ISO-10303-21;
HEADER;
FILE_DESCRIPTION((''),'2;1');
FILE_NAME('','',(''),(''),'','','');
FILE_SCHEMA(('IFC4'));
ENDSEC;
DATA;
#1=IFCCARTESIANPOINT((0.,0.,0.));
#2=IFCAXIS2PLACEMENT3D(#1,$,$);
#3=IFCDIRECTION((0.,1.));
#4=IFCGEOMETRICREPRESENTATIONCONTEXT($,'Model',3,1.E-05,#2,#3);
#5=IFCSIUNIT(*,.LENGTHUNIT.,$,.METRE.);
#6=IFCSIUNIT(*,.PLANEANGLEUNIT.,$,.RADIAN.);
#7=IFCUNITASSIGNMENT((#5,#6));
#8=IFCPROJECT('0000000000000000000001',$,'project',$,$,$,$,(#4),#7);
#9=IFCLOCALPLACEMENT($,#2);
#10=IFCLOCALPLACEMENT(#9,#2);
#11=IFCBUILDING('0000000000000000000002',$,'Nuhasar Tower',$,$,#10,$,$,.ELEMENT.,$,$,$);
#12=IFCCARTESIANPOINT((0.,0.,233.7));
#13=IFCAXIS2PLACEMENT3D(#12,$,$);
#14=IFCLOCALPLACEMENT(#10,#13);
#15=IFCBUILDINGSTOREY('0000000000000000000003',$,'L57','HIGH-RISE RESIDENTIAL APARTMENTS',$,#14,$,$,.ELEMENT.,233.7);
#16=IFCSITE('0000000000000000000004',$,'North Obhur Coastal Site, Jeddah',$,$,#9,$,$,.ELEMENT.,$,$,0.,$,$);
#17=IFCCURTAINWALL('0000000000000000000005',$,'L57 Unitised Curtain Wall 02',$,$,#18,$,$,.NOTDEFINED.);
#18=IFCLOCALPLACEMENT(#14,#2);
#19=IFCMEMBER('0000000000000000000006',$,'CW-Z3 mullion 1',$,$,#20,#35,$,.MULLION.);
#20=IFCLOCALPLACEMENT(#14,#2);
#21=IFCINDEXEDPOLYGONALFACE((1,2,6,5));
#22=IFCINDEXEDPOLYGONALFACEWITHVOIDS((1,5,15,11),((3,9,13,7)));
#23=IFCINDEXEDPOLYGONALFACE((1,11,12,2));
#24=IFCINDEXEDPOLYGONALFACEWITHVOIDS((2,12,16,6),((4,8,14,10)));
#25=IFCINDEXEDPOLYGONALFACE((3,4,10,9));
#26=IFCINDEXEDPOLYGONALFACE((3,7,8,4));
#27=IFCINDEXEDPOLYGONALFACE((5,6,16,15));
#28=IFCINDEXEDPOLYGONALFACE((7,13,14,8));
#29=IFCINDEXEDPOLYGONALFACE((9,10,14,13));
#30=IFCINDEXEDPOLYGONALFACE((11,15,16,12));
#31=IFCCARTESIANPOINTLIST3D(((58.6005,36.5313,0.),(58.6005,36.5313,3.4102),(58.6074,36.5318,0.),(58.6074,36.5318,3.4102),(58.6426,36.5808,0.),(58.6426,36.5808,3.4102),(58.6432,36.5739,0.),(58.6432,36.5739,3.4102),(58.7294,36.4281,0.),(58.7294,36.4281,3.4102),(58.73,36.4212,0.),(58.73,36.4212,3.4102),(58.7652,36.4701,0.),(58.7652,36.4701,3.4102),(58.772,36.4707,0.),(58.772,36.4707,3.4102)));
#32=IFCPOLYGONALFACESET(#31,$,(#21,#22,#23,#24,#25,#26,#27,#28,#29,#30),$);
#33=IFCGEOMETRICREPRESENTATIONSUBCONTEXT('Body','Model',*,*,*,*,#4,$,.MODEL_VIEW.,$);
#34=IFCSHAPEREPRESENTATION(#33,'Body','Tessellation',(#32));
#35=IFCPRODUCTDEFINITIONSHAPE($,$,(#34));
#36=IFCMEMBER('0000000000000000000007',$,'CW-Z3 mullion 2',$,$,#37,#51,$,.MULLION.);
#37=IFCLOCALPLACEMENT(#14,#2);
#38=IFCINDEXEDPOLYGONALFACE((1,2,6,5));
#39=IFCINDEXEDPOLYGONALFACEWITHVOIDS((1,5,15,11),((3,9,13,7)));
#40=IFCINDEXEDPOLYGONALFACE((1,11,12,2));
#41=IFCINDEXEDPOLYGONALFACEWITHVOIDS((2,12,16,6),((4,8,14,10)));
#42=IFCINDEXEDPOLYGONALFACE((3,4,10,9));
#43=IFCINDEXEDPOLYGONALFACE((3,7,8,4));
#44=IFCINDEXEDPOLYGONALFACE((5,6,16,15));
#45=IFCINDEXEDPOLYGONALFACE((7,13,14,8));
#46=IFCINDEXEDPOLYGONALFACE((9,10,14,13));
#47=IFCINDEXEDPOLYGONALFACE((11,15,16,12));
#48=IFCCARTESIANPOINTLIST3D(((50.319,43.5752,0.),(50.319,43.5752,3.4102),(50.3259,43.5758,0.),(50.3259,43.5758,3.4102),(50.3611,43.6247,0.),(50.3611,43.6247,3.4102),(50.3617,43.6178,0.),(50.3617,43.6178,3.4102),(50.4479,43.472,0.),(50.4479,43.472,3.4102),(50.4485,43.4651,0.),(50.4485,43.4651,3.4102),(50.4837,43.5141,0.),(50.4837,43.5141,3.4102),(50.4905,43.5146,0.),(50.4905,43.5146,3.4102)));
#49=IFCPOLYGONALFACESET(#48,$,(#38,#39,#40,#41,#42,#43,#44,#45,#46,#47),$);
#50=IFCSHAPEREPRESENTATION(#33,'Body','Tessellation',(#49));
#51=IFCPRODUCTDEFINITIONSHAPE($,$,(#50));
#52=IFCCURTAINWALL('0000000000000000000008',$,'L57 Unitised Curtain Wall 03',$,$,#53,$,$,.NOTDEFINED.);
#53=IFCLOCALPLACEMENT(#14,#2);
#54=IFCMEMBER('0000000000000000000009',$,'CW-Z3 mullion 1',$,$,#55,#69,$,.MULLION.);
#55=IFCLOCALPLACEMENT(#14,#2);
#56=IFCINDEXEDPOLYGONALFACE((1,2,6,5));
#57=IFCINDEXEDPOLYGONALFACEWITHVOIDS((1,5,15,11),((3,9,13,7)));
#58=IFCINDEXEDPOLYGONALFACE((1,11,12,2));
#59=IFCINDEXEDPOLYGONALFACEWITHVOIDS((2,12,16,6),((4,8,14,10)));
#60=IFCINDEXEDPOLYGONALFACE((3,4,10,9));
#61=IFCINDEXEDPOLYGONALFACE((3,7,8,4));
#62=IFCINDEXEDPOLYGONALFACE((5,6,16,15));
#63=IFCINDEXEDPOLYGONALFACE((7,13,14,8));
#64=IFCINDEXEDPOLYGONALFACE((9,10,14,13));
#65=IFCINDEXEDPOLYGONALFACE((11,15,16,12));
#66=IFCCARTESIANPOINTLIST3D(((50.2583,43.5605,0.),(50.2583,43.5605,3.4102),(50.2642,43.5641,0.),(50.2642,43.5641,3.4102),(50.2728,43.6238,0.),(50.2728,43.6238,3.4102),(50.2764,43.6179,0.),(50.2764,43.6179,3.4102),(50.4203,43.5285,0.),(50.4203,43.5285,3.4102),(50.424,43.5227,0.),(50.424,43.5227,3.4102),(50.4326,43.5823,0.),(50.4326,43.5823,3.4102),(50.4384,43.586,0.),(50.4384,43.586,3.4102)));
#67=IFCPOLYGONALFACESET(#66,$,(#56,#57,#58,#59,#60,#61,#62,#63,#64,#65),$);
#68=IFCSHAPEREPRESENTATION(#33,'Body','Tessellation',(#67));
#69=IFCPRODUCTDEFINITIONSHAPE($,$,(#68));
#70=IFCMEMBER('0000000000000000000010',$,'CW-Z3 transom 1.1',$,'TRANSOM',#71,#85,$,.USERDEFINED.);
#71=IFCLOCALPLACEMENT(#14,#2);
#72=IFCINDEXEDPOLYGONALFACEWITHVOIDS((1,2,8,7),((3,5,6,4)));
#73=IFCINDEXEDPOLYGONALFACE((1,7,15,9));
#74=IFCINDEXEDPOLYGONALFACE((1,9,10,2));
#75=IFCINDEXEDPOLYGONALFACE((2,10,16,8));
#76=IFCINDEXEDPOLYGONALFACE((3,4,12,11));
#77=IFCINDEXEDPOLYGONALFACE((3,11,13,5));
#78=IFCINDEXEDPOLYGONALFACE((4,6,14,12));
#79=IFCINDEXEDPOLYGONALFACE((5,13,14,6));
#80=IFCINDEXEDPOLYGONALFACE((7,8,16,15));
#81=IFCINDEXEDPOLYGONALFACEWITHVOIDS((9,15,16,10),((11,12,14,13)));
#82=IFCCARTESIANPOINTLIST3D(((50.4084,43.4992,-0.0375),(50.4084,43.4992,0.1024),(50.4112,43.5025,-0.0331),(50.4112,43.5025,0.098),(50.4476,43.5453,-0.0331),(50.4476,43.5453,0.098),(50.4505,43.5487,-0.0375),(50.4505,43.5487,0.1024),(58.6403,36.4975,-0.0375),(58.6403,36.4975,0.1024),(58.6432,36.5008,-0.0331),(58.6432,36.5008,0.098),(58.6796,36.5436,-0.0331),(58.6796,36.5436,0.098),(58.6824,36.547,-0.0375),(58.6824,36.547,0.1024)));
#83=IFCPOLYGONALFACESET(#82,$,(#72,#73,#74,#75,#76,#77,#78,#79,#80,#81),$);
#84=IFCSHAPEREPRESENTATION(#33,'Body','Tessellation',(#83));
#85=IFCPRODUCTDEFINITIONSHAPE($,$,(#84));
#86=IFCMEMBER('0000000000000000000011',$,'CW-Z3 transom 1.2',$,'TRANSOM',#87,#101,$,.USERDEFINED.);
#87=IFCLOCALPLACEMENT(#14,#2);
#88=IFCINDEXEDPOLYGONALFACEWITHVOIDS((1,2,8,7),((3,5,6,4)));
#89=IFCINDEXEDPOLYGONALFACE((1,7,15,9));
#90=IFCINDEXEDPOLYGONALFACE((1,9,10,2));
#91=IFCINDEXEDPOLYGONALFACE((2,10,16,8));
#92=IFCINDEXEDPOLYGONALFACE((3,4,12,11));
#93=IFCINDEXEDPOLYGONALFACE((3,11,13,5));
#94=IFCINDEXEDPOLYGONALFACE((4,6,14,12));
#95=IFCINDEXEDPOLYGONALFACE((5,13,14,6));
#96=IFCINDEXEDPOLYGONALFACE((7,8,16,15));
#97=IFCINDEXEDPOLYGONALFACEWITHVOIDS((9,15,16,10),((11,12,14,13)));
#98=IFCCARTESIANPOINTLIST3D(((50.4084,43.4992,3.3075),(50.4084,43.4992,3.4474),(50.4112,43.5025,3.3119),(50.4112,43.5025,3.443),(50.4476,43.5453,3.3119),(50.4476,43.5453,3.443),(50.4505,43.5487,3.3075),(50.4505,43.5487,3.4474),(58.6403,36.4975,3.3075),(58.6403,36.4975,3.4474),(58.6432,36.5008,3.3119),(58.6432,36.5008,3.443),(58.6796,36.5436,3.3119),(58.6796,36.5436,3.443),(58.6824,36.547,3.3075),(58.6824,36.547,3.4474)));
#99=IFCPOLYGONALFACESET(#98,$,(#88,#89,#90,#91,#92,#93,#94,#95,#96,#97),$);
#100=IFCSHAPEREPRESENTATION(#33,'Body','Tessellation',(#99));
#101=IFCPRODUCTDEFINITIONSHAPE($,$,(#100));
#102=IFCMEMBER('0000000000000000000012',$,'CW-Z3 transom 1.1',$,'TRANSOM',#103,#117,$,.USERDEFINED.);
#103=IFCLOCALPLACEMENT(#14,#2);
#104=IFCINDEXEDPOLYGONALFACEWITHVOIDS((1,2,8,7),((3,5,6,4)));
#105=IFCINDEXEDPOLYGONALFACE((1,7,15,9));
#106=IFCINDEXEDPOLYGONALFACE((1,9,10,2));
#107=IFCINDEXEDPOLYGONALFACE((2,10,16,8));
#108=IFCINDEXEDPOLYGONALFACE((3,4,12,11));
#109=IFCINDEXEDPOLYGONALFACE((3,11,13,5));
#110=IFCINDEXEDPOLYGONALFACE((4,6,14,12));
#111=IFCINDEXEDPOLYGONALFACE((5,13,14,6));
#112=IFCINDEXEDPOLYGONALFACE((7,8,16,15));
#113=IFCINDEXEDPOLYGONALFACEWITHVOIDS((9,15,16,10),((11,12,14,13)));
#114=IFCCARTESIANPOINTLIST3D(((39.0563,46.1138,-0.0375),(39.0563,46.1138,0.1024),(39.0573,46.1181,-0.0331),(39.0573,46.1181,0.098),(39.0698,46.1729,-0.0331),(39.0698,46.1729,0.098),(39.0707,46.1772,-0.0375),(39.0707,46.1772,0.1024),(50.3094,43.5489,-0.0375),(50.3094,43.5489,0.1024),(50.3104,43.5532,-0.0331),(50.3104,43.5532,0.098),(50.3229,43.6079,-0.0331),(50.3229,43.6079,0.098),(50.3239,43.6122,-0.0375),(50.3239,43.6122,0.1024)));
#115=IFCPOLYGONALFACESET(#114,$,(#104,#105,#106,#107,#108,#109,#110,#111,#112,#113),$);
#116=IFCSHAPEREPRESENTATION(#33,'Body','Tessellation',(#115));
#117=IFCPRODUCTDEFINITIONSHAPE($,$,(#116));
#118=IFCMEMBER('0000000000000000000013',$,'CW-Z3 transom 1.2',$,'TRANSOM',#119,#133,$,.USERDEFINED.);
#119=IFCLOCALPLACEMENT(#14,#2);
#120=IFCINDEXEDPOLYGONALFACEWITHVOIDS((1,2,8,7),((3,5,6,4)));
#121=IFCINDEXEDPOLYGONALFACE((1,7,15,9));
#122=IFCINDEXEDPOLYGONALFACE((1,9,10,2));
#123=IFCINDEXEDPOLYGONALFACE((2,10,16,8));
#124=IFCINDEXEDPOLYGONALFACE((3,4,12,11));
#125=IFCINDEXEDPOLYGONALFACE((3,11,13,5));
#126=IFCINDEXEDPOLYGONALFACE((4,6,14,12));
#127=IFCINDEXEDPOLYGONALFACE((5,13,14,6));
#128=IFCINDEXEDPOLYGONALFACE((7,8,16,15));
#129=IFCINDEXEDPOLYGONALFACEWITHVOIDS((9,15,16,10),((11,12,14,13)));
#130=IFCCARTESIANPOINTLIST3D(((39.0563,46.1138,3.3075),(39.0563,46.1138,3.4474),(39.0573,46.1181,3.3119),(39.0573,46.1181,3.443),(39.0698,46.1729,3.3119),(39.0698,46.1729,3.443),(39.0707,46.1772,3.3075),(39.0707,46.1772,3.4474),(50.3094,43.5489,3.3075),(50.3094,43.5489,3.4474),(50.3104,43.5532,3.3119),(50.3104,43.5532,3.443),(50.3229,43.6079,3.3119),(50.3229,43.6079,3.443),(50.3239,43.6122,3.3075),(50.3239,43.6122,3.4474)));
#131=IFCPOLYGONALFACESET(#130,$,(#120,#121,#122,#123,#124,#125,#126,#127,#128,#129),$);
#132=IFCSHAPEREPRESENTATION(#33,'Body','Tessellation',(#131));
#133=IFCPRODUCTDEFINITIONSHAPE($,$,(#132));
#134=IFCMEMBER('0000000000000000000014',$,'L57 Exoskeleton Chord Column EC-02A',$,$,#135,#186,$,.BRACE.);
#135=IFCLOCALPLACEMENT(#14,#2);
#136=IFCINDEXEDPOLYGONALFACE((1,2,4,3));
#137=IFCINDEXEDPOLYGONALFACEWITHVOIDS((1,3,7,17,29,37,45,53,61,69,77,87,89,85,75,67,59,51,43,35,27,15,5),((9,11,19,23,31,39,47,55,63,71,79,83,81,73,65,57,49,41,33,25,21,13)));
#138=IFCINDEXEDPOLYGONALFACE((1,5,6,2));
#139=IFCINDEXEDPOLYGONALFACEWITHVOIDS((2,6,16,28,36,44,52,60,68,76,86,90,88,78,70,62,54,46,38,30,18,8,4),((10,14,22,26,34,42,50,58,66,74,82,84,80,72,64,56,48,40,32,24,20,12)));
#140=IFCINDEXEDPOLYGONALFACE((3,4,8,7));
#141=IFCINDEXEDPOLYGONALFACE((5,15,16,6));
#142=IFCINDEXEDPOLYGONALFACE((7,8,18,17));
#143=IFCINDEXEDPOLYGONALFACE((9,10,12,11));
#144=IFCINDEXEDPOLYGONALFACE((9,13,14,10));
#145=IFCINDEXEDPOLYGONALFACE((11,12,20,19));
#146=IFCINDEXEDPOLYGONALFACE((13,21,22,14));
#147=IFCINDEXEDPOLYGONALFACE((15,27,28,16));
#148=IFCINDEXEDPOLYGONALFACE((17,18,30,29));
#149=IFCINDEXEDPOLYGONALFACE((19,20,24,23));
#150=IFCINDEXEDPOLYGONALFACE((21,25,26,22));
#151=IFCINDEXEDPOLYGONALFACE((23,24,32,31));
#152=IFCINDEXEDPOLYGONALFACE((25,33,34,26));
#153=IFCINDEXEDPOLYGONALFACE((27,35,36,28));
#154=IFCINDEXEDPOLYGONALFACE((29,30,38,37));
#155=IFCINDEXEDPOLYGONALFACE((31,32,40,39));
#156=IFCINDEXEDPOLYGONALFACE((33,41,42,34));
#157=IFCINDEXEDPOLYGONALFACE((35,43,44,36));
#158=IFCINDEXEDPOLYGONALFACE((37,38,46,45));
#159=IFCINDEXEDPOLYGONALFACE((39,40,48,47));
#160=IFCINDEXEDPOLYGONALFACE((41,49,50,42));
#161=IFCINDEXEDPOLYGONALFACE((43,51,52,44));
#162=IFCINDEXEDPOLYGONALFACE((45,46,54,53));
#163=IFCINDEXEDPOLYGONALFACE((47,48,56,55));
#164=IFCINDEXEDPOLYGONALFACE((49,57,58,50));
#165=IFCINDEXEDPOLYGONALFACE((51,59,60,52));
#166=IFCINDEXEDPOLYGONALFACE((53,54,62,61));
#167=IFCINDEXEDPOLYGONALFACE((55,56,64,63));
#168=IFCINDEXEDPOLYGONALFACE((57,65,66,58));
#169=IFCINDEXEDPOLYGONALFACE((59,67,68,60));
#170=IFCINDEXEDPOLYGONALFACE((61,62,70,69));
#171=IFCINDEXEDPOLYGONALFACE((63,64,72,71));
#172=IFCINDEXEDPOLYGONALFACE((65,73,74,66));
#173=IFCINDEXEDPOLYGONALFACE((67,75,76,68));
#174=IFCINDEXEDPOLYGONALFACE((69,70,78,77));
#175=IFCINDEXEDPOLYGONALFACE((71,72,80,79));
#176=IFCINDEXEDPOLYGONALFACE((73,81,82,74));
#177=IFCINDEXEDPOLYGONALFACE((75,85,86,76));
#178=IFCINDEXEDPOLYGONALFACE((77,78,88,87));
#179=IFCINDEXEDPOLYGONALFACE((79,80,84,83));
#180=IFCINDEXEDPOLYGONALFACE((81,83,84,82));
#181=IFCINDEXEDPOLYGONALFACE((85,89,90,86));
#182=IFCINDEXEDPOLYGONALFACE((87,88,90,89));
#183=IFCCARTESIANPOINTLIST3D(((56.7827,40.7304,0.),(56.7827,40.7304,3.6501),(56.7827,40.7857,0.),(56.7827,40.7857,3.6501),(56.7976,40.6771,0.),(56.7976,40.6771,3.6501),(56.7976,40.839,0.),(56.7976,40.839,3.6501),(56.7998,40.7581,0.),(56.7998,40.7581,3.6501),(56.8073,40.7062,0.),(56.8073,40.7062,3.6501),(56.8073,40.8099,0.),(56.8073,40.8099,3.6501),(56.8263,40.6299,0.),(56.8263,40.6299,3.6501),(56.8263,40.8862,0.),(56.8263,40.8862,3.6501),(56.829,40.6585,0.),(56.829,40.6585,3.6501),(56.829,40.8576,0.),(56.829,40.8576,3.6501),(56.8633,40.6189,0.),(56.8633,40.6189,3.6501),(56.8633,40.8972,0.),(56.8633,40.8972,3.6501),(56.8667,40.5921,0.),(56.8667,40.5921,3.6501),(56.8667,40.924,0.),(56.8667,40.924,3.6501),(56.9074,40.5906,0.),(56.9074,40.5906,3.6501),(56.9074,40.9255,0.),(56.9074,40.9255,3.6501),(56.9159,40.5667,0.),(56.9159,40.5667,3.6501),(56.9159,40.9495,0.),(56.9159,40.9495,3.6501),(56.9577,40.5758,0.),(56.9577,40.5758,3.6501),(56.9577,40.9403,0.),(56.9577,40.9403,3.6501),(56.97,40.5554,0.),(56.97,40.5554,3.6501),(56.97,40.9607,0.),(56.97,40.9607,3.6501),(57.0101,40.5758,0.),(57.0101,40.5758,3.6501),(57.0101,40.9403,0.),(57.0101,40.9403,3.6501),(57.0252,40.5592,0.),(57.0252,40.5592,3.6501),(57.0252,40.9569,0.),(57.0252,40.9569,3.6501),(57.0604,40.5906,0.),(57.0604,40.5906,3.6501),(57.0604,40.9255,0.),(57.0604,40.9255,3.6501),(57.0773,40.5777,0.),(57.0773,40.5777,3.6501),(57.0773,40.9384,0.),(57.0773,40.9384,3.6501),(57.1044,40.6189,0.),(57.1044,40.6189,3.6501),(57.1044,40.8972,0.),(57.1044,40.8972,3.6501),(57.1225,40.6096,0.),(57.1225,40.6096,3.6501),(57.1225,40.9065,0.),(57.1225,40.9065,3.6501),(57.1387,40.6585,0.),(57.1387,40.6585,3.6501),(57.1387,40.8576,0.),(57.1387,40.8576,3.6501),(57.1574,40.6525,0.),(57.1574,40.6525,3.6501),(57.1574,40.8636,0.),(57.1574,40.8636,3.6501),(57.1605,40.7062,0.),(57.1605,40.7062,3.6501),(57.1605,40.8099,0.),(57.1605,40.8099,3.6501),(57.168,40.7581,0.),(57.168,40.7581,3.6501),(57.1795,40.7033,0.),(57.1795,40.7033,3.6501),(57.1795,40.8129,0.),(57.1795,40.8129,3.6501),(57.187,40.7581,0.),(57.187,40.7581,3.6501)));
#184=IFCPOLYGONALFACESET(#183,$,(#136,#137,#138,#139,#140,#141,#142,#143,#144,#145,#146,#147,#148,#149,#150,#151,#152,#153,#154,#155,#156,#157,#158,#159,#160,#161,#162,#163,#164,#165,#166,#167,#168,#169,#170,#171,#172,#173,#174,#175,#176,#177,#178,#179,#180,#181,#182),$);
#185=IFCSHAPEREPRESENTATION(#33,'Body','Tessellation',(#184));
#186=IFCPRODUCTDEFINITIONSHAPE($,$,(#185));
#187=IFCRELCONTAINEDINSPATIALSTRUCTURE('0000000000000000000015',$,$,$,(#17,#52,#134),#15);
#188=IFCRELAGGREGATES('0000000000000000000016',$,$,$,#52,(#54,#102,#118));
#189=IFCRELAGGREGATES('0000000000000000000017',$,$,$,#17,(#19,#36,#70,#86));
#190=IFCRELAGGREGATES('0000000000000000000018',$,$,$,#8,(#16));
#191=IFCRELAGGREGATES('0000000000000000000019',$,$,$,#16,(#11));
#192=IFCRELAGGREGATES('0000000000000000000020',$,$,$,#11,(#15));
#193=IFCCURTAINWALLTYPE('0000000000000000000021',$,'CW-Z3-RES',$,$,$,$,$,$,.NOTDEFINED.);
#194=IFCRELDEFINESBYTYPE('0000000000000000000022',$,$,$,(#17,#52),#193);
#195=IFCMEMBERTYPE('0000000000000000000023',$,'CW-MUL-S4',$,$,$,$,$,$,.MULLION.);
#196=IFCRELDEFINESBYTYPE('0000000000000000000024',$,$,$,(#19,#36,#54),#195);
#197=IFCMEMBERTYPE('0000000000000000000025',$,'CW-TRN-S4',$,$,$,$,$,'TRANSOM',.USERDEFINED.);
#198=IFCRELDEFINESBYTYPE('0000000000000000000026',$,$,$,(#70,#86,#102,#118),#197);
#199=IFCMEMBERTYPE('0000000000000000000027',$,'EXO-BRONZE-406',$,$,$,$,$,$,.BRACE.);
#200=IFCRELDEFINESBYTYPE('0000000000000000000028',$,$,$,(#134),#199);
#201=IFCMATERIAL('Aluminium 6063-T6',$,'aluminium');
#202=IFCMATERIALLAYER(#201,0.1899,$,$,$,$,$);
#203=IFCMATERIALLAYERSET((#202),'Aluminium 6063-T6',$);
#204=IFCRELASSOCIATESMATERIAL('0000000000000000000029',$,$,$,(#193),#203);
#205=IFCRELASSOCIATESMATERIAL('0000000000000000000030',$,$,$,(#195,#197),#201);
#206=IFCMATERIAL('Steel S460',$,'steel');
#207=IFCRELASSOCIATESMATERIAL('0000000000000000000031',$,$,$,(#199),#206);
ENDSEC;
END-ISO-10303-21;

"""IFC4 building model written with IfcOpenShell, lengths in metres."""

from ifc_helpers import new_model, si_unit, direction, frame, origin, origin_2d, place, context, subcontext, project, spatial, hollow_rectangle, hollow_circle, extrude, material, layer, layer_set, material_profile, profile_set, type_object, element, aggregate, save


model = new_model("IFC4")

# Units and contexts
model_context = context("Model", 3, precision=1e-05, world=origin(), true_north=direction((0.0, 1.0)))
body_context = subcontext(model_context, "Body", "Model", "MODEL_VIEW")
ifc_project = project(units=[si_unit("LENGTHUNIT", "METRE"), si_unit("PLANEANGLEUNIT", "RADIAN")], contexts=[model_context])

# Site, building, storey
site_placement = place(None, origin())
site = spatial("IfcSite", under=ifc_project, at=site_placement, Name="North Obhur Coastal Site, Jeddah", CompositionType="ELEMENT", RefElevation=0.0)
building_placement = place(site_placement, origin())
building = spatial("IfcBuilding", under=site, at=building_placement, Name="Nuhasar Tower", CompositionType="ELEMENT")
storey_placement = place(building_placement, frame((0.0, 0.0, 233.7)))
storey = spatial("IfcBuildingStorey", under=building, at=storey_placement, Name="L57", Description="HIGH-RISE RESIDENTIAL APARTMENTS", CompositionType="ELEMENT", Elevation=233.7)

# Curtain wall, members
ifc_material_1 = material(Name="Aluminium 6063-T6", Category="aluminium")
ifc_layer_1 = layer(ifc_material_1, 0.1899)
ifc_layer_set_1 = layer_set([ifc_layer_1], Name="Aluminium 6063-T6")
curtain_wall_type = type_object("IfcCurtainWallType", Name="CW-Z3-RES", PredefinedType="NOTDEFINED", material=ifc_layer_set_1)
curtain_wall_1_placement = place(storey_placement, origin())
curtain_wall_1 = element("IfcCurtainWall", 1, at=curtain_wall_1_placement, inside=storey, type_object=curtain_wall_type, Name="L57 Unitised Curtain Wall 02", PredefinedType="NOTDEFINED")
ifc_material_profile_1 = material_profile(ifc_material_1, hollow_rectangle(XDim=0.0649, YDim=0.1699, WallThickness=0.0049, at=origin_2d()), Name="CWM-4")
ifc_profile_set_1 = profile_set([ifc_material_profile_1], Name="Aluminium 6063-T6")
member_type_1 = type_object("IfcMemberType", Name="CW-MUL-S4", PredefinedType="MULLION", material=ifc_profile_set_1)
member_1_placement = place(storey_placement, frame((58.6863, 36.501, 0.0), z_axis=(0.0, 0.0, 1.0), x_axis=(-0.647895, -0.761729, 0.0)))
member_1 = element("IfcMember", 2, at=member_1_placement, type_object=member_type_1, Name="CW-Z3 mullion 1", PredefinedType="MULLION", context=body_context, shape_type="SweptSolid", body=[
    extrude(hollow_rectangle(XDim=0.0649, YDim=0.1699, WallThickness=0.0049, at=origin_2d()), origin(), (0.0, 0.0, 1.0), 3.4102),
])
member_2_placement = place(storey_placement, frame((50.4048, 43.5449, 0.0), z_axis=(0.0, 0.0, 1.0), x_axis=(-0.647895, -0.761729, 0.0)))
member_2 = element("IfcMember", 3, at=member_2_placement, type_object=member_type_1, Name="CW-Z3 mullion 2", PredefinedType="MULLION", context=body_context, shape_type="SweptSolid", body=[
    extrude(hollow_rectangle(XDim=0.0649, YDim=0.1699, WallThickness=0.0049, at=origin_2d()), origin(), (0.0, 0.0, 1.0), 3.4102),
])

# Curtain wall, member
curtain_wall_2_placement = place(storey_placement, origin())
curtain_wall_2 = element("IfcCurtainWall", 4, at=curtain_wall_2_placement, inside=storey, type_object=curtain_wall_type, Name="L57 Unitised Curtain Wall 03", PredefinedType="NOTDEFINED")
member_3_placement = place(storey_placement, frame((50.3484, 43.5732, 0.0), z_axis=(0.0, 0.0, 1.0), x_axis=(-0.222243, -0.974991, 0.0)))
member_3 = element("IfcMember", 5, at=member_3_placement, type_object=member_type_1, Name="CW-Z3 mullion 1", PredefinedType="MULLION", context=body_context, shape_type="SweptSolid", body=[
    extrude(hollow_rectangle(XDim=0.0649, YDim=0.1699, WallThickness=0.0049, at=origin_2d()), origin(), (0.0, 0.0, 1.0), 3.4102),
])

# Members
ifc_material_profile_2 = material_profile(ifc_material_1, hollow_rectangle(XDim=0.0649, YDim=0.1399, WallThickness=0.0044, at=origin_2d()), Name="CWT-4")
ifc_profile_set_2 = profile_set([ifc_material_profile_2], Name="Aluminium 6063-T6")
member_type_2 = type_object("IfcMemberType", Name="CW-TRN-S4", ElementType="TRANSOM", PredefinedType="USERDEFINED", material=ifc_profile_set_2)
member_4_placement = place(storey_placement, frame((58.6614, 36.5222, 0.0325), z_axis=(-0.761731, 0.647894, 0.0), x_axis=(-0.647894, -0.761731, 0.0)))
member_4 = element("IfcMember", 6, at=member_4_placement, type_object=member_type_2, Name="CW-Z3 transom 1.1", ObjectType="TRANSOM", PredefinedType="USERDEFINED", context=body_context, shape_type="SweptSolid", body=[
    extrude(hollow_rectangle(XDim=0.0649, YDim=0.1399, WallThickness=0.0044, at=origin_2d()), origin(), (0.0, 0.0, 1.0), 10.8069),
])
member_5_placement = place(storey_placement, frame((58.6614, 36.5222, 3.3774), z_axis=(-0.761731, 0.647894, 0.0), x_axis=(-0.647894, -0.761731, 0.0)))
member_5 = element("IfcMember", 7, at=member_5_placement, type_object=member_type_2, Name="CW-Z3 transom 1.2", ObjectType="TRANSOM", PredefinedType="USERDEFINED", context=body_context, shape_type="SweptSolid", body=[
    extrude(hollow_rectangle(XDim=0.0649, YDim=0.1399, WallThickness=0.0044, at=origin_2d()), origin(), (0.0, 0.0, 1.0), 10.8069),
])
member_6_placement = place(storey_placement, frame((50.3167, 43.5806, 0.0325), z_axis=(-0.974994, 0.222231, 0.0), x_axis=(-0.222231, -0.974994, 0.0)))
member_6 = element("IfcMember", 8, at=member_6_placement, type_object=member_type_2, Name="CW-Z3 transom 1.1", ObjectType="TRANSOM", PredefinedType="USERDEFINED", context=body_context, shape_type="SweptSolid", body=[
    extrude(hollow_rectangle(XDim=0.0649, YDim=0.1399, WallThickness=0.0044, at=origin_2d()), origin(), (0.0, 0.0, 1.0), 11.5417),
])
member_7_placement = place(storey_placement, frame((50.3167, 43.5806, 3.3774), z_axis=(-0.974994, 0.222231, 0.0), x_axis=(-0.222231, -0.974994, 0.0)))
member_7 = element("IfcMember", 9, at=member_7_placement, type_object=member_type_2, Name="CW-Z3 transom 1.2", ObjectType="TRANSOM", PredefinedType="USERDEFINED", context=body_context, shape_type="SweptSolid", body=[
    extrude(hollow_rectangle(XDim=0.0649, YDim=0.1399, WallThickness=0.0044, at=origin_2d()), origin(), (0.0, 0.0, 1.0), 11.5417),
])
aggregate(curtain_wall_2, [member_3, member_6, member_7])

# Member
ifc_material_2 = material(Name="Steel S460", Category="steel")
ifc_material_profile_3 = material_profile(ifc_material_2, hollow_circle(Radius=0.2031, WallThickness=0.019, at=origin_2d()), Name="HSS406.4X19.1")
ifc_profile_set_3 = profile_set([ifc_material_profile_3], Name="Steel S460")
member_type_3 = type_object("IfcMemberType", Name="EXO-BRONZE-406", PredefinedType="BRACE", material=ifc_profile_set_3)
for number, where, z_axis, x_axis, name in (
    (10, (56.9839, 40.7581, 0.0), (0.0, 0.0, 1.0), (1.0, 0.0, 0.0), "L57 Exoskeleton Chord Column EC-02A"),
):
    element("IfcMember", number, at=place(storey_placement, frame(where, z_axis=z_axis, x_axis=x_axis)), inside=storey, type_object=member_type_3, Name=name, PredefinedType="BRACE", context=body_context, shape_type="SweptSolid", body=[
        extrude(hollow_circle(Radius=0.2031, WallThickness=0.019, at=origin_2d()), origin(), (0.0, 0.0, 1.0), 3.6501),
    ])

aggregate(curtain_wall_1, [member_1, member_2, member_4, member_5])

save(model, "model.ifc")
